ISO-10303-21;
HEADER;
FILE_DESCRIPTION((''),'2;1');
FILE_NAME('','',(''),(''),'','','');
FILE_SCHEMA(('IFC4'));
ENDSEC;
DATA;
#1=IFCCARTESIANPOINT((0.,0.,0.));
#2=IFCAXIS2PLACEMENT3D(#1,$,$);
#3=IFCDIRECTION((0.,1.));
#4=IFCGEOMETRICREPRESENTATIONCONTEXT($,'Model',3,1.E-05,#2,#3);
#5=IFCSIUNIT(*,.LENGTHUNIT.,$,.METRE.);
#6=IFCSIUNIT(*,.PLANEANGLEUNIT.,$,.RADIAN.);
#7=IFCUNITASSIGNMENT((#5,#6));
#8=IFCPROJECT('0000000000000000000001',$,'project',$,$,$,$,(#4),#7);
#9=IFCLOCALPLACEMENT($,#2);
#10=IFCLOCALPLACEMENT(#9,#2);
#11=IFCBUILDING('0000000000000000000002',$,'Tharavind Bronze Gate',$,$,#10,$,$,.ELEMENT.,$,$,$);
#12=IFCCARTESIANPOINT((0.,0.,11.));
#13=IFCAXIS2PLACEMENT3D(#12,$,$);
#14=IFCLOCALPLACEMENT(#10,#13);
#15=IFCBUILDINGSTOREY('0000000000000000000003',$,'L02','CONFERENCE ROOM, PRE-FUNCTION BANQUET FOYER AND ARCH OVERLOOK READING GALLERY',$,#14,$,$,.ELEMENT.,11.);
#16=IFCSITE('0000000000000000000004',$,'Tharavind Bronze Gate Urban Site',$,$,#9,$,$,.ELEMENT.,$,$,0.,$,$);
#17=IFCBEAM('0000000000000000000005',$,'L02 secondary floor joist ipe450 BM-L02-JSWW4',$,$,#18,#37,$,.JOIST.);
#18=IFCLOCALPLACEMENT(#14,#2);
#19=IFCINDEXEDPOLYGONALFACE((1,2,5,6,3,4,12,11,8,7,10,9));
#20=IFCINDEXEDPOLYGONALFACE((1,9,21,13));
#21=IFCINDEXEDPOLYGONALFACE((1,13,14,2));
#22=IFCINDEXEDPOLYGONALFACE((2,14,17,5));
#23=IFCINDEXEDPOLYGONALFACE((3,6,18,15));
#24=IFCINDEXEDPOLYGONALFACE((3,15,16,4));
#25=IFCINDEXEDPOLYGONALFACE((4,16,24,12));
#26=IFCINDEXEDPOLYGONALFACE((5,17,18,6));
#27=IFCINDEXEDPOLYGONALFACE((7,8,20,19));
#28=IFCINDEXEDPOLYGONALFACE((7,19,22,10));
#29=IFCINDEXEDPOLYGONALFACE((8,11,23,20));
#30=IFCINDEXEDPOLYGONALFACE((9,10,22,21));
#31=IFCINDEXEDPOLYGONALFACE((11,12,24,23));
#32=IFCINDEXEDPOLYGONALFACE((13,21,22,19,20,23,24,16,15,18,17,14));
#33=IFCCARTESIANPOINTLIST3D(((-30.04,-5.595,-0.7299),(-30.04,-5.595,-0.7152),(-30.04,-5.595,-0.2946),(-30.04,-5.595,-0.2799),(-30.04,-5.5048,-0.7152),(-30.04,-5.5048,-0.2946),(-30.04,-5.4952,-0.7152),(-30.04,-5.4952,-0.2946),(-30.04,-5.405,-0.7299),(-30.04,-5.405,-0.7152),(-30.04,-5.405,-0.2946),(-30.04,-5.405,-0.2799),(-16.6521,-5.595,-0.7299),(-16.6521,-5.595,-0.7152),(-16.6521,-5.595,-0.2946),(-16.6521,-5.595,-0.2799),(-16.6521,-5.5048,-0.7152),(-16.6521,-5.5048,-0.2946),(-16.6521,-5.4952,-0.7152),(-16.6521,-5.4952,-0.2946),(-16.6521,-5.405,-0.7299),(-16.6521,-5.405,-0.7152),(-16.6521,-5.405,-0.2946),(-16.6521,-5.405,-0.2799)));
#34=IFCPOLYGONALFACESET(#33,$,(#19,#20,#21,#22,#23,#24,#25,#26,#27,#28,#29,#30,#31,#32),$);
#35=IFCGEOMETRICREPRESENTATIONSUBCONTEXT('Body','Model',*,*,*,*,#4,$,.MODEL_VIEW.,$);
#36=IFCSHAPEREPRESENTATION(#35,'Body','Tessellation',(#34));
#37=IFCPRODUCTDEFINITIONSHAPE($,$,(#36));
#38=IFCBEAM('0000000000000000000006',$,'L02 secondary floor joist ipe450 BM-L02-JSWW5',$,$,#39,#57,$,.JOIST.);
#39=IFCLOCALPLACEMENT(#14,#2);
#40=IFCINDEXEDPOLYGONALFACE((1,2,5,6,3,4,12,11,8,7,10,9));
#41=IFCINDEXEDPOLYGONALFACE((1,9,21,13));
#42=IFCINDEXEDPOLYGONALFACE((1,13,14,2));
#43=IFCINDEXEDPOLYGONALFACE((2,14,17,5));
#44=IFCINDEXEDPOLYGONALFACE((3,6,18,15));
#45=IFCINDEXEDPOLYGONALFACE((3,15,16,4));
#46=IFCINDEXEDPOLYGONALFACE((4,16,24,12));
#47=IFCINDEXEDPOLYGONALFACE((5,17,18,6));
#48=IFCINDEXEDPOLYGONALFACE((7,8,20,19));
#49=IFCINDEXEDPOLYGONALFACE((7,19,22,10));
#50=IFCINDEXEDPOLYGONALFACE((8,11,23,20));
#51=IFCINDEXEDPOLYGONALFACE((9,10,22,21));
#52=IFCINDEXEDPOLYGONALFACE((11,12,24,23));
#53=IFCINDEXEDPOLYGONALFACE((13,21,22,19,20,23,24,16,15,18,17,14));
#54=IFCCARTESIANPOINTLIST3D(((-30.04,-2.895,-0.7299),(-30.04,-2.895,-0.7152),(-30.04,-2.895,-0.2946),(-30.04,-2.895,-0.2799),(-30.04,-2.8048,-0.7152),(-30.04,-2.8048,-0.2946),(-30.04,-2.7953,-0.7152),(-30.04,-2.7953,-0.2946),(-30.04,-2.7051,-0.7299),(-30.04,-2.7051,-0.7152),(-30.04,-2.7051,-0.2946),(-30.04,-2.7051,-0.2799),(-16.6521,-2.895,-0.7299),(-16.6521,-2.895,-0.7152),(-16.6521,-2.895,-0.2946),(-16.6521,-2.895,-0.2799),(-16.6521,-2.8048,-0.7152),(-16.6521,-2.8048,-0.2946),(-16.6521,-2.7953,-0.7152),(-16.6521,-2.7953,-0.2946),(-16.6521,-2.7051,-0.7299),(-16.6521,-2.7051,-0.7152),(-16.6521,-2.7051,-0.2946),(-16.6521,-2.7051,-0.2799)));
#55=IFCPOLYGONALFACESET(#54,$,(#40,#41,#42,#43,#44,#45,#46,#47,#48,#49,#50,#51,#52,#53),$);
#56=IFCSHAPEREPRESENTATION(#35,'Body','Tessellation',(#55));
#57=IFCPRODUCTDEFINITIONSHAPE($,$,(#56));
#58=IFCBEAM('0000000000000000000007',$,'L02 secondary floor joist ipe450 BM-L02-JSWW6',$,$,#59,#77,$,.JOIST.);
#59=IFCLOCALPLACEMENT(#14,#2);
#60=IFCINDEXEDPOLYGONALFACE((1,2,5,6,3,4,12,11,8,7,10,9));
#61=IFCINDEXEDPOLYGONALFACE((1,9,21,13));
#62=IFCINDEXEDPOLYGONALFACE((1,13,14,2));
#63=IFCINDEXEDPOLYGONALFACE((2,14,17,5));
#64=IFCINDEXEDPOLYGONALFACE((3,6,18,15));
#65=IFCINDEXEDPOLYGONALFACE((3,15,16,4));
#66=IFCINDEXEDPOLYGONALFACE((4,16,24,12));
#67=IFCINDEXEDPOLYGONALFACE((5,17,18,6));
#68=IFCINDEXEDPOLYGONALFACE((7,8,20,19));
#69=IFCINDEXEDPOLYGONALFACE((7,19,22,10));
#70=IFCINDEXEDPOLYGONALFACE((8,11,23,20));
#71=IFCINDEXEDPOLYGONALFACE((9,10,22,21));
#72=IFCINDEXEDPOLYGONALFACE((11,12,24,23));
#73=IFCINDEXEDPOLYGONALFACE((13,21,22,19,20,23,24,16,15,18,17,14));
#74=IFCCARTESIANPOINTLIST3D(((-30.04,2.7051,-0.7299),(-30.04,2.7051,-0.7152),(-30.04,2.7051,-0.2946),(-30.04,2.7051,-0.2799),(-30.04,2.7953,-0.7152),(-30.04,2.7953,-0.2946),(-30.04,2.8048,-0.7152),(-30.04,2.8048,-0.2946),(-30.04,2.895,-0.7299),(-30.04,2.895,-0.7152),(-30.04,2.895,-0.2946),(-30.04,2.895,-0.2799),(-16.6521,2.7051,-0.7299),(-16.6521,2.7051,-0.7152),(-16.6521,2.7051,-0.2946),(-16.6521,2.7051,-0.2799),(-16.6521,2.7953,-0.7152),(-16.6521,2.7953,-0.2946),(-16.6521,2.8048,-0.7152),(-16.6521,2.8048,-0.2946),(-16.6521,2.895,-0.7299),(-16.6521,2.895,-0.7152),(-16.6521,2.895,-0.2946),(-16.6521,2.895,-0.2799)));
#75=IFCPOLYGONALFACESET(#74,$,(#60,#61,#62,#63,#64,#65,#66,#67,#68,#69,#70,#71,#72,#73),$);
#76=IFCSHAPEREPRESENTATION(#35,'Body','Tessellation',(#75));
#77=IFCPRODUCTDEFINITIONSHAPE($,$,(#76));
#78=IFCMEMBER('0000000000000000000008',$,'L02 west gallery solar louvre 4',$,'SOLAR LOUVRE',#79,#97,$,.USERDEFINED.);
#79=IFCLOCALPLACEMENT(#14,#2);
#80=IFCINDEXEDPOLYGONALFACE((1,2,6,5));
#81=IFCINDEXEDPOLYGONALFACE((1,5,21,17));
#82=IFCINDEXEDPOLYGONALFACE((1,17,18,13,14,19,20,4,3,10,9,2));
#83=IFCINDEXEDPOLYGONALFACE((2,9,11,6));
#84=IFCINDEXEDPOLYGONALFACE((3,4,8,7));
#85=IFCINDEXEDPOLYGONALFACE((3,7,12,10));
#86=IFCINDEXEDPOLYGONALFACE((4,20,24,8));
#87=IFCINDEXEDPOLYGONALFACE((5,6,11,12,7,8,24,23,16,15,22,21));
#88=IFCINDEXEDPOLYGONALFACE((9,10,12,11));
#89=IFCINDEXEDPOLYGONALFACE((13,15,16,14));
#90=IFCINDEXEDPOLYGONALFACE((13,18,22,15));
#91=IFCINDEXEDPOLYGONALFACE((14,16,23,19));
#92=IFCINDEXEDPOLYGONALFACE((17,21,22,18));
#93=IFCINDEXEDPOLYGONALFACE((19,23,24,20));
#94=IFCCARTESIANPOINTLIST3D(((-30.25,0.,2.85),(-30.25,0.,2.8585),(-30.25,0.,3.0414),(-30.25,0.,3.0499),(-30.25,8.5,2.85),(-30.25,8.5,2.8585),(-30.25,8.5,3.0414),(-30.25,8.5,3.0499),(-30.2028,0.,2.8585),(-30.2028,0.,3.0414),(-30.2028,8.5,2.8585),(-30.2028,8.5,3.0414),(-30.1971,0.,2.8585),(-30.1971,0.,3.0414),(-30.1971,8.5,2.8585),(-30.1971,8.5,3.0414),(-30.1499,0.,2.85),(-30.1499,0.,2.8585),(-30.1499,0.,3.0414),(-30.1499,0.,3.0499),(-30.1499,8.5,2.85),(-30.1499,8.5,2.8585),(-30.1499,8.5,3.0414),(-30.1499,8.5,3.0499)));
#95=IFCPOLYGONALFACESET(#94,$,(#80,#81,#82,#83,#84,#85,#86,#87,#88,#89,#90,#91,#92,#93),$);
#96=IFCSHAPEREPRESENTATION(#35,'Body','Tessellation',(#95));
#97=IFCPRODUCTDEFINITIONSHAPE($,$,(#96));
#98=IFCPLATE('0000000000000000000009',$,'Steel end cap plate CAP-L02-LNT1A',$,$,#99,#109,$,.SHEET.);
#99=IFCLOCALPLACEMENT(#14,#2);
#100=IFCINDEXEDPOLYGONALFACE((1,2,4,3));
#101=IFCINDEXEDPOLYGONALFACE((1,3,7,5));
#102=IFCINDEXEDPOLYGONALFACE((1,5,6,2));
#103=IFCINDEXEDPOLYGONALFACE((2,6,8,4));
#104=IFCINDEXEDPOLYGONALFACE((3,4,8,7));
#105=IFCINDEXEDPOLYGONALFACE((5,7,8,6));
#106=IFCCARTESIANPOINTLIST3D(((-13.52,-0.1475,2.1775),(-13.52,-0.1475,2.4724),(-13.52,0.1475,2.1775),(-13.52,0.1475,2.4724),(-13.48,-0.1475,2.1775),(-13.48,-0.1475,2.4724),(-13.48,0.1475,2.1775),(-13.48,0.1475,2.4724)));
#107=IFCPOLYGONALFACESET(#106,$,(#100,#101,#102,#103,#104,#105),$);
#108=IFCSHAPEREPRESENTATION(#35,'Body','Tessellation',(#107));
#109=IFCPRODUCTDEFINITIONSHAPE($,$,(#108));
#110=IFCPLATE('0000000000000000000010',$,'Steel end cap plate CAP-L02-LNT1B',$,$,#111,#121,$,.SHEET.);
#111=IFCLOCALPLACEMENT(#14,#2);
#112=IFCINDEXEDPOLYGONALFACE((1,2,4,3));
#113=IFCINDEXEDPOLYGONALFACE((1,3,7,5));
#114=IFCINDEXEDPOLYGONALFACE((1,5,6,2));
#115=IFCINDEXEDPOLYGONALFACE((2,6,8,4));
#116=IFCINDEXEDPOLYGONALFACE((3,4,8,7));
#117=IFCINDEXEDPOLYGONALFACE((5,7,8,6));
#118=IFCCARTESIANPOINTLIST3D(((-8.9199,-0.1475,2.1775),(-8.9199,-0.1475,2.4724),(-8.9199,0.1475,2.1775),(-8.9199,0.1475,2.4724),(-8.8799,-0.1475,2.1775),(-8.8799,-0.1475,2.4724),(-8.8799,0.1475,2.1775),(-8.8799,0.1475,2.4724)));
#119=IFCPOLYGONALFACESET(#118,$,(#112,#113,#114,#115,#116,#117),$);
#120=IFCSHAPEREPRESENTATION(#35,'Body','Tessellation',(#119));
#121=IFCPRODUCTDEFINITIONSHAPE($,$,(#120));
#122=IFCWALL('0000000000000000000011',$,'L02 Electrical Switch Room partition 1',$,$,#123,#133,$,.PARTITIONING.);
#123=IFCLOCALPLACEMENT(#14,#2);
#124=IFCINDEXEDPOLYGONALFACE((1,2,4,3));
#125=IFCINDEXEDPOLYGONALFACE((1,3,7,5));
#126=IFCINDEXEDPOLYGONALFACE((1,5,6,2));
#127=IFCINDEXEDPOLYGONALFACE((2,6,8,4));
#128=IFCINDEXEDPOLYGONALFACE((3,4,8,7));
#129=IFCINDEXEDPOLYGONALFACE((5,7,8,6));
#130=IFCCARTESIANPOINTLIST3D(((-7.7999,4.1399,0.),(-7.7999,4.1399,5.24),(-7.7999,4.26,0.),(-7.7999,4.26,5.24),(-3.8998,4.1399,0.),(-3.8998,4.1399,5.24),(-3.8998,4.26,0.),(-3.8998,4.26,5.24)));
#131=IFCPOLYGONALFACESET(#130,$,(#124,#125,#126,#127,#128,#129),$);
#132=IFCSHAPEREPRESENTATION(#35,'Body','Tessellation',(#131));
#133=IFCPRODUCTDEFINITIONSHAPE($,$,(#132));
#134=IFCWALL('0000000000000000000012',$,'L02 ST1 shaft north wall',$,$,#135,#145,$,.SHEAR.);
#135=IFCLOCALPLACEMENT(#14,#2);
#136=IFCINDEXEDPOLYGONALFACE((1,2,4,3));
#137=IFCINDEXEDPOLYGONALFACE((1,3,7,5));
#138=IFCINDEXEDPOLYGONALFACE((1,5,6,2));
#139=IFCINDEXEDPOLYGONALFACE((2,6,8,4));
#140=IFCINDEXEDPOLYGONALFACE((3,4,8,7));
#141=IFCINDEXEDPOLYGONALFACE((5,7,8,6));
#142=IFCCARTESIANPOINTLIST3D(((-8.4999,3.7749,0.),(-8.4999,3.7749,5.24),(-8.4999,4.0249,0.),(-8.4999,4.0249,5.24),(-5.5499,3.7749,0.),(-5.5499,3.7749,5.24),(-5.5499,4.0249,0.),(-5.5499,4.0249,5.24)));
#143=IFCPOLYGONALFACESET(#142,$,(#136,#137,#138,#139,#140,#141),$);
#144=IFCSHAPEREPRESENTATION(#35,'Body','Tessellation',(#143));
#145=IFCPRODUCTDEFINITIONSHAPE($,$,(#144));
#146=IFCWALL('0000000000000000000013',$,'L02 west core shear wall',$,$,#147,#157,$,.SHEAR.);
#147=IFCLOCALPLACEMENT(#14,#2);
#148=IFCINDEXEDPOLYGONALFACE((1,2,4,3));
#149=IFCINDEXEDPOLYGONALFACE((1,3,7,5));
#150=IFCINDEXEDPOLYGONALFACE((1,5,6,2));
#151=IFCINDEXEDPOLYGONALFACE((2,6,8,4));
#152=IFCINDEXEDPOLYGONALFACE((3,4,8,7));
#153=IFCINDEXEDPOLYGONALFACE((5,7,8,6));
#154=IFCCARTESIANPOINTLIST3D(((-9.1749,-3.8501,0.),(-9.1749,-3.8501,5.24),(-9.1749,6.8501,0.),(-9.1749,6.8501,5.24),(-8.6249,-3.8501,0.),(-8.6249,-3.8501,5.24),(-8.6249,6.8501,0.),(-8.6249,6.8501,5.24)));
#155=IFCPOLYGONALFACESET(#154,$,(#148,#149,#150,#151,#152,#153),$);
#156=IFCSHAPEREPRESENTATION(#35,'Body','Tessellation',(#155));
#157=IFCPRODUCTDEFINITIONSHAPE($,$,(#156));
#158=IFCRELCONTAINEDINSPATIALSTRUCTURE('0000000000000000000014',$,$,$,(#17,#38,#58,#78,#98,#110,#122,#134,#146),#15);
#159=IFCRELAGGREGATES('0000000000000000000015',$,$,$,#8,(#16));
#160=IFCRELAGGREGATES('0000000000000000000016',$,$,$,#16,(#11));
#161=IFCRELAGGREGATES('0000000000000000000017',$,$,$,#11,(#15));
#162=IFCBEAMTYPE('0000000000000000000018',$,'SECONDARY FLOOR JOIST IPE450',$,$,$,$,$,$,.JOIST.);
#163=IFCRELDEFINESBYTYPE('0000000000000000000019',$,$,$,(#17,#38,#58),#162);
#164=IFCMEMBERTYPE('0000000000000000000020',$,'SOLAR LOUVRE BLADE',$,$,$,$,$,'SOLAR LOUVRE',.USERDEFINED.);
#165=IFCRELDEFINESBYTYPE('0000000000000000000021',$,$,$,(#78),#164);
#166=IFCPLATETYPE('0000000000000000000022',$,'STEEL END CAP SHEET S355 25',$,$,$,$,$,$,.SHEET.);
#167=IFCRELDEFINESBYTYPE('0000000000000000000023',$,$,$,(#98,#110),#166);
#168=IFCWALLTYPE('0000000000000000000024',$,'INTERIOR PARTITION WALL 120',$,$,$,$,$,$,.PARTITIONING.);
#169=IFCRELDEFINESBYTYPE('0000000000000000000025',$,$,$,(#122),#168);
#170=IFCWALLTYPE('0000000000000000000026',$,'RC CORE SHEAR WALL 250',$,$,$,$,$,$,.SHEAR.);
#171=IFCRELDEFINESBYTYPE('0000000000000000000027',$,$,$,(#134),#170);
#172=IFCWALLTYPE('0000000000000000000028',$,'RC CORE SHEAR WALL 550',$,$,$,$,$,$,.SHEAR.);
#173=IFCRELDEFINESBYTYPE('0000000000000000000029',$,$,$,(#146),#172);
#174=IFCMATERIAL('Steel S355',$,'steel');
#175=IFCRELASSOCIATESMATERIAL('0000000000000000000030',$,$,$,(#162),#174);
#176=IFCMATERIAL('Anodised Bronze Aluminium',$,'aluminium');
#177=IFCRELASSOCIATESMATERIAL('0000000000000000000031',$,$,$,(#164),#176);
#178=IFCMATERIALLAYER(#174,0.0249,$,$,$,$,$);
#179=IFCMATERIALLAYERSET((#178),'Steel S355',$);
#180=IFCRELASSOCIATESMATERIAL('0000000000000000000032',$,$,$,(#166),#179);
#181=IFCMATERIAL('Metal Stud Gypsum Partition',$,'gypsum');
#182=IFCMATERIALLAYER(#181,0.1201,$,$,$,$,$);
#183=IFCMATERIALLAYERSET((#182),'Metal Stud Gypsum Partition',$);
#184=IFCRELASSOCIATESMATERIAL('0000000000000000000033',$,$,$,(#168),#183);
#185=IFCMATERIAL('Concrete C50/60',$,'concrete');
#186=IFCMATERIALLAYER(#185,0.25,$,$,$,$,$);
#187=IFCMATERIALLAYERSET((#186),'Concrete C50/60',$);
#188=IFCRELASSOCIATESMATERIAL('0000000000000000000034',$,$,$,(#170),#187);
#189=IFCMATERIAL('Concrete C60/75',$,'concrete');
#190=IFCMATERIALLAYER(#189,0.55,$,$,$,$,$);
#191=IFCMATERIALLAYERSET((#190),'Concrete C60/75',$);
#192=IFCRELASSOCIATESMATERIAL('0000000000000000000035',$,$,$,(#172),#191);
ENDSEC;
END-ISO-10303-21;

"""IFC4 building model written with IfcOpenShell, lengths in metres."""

from ifc_helpers import new_model, si_unit, direction, frame, frame_2d, origin, origin_2d, place, context, subcontext, project, spatial, rectangle, i_section, extrude, material, layer, layer_set, material_profile, profile_set, type_object, element, save


model = new_model("IFC4")

# Units and contexts
model_context = context("Model", 3, precision=1e-05, world=origin(), true_north=direction((0.0, 1.0)))
body_context = subcontext(model_context, "Body", "Model", "MODEL_VIEW")
ifc_project = project(units=[si_unit("LENGTHUNIT", "METRE"), si_unit("PLANEANGLEUNIT", "RADIAN")], contexts=[model_context])

# Site, building, storey
site_placement = place(None, origin())
site = spatial("IfcSite", under=ifc_project, at=site_placement, Name="Tharavind Bronze Gate Urban Site", CompositionType="ELEMENT", RefElevation=0.0)
building_placement = place(site_placement, origin())
building = spatial("IfcBuilding", under=site, at=building_placement, Name="Tharavind Bronze Gate", CompositionType="ELEMENT")
storey_placement = place(building_placement, frame((0.0, 0.0, 11.0)))
storey = spatial("IfcBuildingStorey", under=building, at=storey_placement, Name="L02", Description="CONFERENCE ROOM, PRE-FUNCTION BANQUET FOYER AND ARCH OVERLOOK READING GALLERY", CompositionType="ELEMENT", Elevation=11.0)

# Shared definitions
ifc_material_1 = material(Name="Concrete C60/75", Category="concrete")

# Beams
ifc_material_2 = material(Name="Steel S355", Category="steel")
ifc_material_profile_1 = material_profile(ifc_material_2, i_section(OverallWidth=0.1899, OverallDepth=0.45, WebThickness=0.0095, FlangeThickness=0.0146, at=origin_2d()), Name="IPE450")
ifc_profile_set_1 = profile_set([ifc_material_profile_1], Name="Steel S355")
beam_type_1 = type_object("IfcBeamType", Name="SECONDARY FLOOR JOIST IPE450", PredefinedType="JOIST", material=ifc_profile_set_1)
for number, where, z_axis, x_axis, name in (
    (1, (-30.04, -5.5, -0.5049), (1.0, 0.0, 0.0), (0.0, 1.0, 0.0), "L02 secondary floor joist ipe450 BM-L02-JSWW4"),
    (2, (-30.04, -2.8, -0.5049), (1.0, 0.0, 0.0), (0.0, 1.0, 0.0), "L02 secondary floor joist ipe450 BM-L02-JSWW5"),
    (3, (-30.04, 2.8, -0.5049), (1.0, 0.0, 0.0), (0.0, 1.0, 0.0), "L02 secondary floor joist ipe450 BM-L02-JSWW6"),
):
    element("IfcBeam", number, at=place(storey_placement, frame(where, z_axis=z_axis, x_axis=x_axis)), inside=storey, type_object=beam_type_1, Name=name, PredefinedType="JOIST", context=body_context, shape_type="SweptSolid", body=[
        extrude(i_section(OverallWidth=0.1899, OverallDepth=0.45, WebThickness=0.0095, FlangeThickness=0.0146, at=origin_2d()), origin(), (0.0, 0.0, 1.0), 13.3879),
    ])

# Member
ifc_material_3 = material(Name="Anodised Bronze Aluminium", Category="aluminium")
ifc_material_profile_2 = material_profile(ifc_material_3, i_section(OverallWidth=0.1001, OverallDepth=0.2, WebThickness=0.0056, FlangeThickness=0.0085, at=origin_2d()), Name="IPE200")
ifc_profile_set_2 = profile_set([ifc_material_profile_2], Name="Anodised Bronze Aluminium")
member_type = type_object("IfcMemberType", Name="SOLAR LOUVRE BLADE", ElementType="SOLAR LOUVRE", PredefinedType="USERDEFINED", material=ifc_profile_set_2)
member_placement = place(storey_placement, frame((-30.2, 0.0, 2.95), z_axis=(0.0, 1.0, 0.0), x_axis=(-1.0, 0.0, 0.0)))
element("IfcMember", 4, at=member_placement, inside=storey, type_object=member_type, Name="L02 west gallery solar louvre 4", ObjectType="SOLAR LOUVRE", PredefinedType="USERDEFINED", context=body_context, shape_type="SweptSolid", body=[
    extrude(i_section(OverallWidth=0.1001, OverallDepth=0.2, WebThickness=0.0056, FlangeThickness=0.0085, at=origin_2d()), origin(), (0.0, 0.0, 1.0), 8.5),
])

# Plates
ifc_layer_1 = layer(ifc_material_2, 0.0249)
ifc_layer_set_1 = layer_set([ifc_layer_1], Name="Steel S355")
plate_type = type_object("IfcPlateType", Name="STEEL END CAP SHEET S355 25", PredefinedType="SHEET", material=ifc_layer_set_1)
for number, where, z_axis, x_axis, name in (
    (5, (-13.5, 0.0, 2.1775), (0.0, 0.0, 1.0), (1.0, 0.0, 0.0), "Steel end cap plate CAP-L02-LNT1A"),
    (6, (-8.8999, 0.0, 2.1775), (0.0, 0.0, 1.0), (1.0, 0.0, 0.0), "Steel end cap plate CAP-L02-LNT1B"),
):
    element("IfcPlate", number, at=place(storey_placement, frame(where, z_axis=z_axis, x_axis=x_axis)), inside=storey, type_object=plate_type, Name=name, PredefinedType="SHEET", context=body_context, shape_type="SweptSolid", body=[
        extrude(rectangle(XDim=0.04, YDim=0.2949, at=origin_2d()), origin(), (0.0, 0.0, 1.0), 0.2949),
    ])

# Wall
ifc_material_4 = material(Name="Metal Stud Gypsum Partition", Category="gypsum")
ifc_layer_2 = layer(ifc_material_4, 0.1201)
ifc_layer_set_2 = layer_set([ifc_layer_2], Name="Metal Stud Gypsum Partition")
wall_type_1 = type_object("IfcWallType", Name="INTERIOR PARTITION WALL 120", PredefinedType="PARTITIONING", material=ifc_layer_set_2)
wall_1_placement = place(storey_placement, frame((-7.8, 4.2, 0.0), z_axis=(0.0, 0.0, 1.0), x_axis=(1.0, 0.0, 0.0)))
element("IfcWall", 7, at=wall_1_placement, inside=storey, type_object=wall_type_1, Name="L02 Electrical Switch Room partition 1", PredefinedType="PARTITIONING", context=body_context, shape_type="SweptSolid", body=[
    extrude(rectangle(XDim=3.9001, YDim=0.1201, at=frame_2d((1.9502, 0.0))), origin(), (0.0, 0.0, 1.0), 5.24),
])

# Shared definitions
ifc_material_5 = material(Name="Concrete C50/60", Category="concrete")
ifc_layer_3 = layer(ifc_material_5, 0.25)
ifc_layer_set_3 = layer_set([ifc_layer_3], Name="Concrete C50/60")
wall_type_2 = type_object("IfcWallType", Name="RC CORE SHEAR WALL 250", PredefinedType="SHEAR", material=ifc_layer_set_3)

# Walls
wall_2_placement = place(storey_placement, frame((-8.5, 3.8999, 0.0), z_axis=(0.0, 0.0, 1.0), x_axis=(1.0, 0.0, 0.0)))
element("IfcWall", 8, at=wall_2_placement, inside=storey, type_object=wall_type_2, Name="L02 ST1 shaft north wall", PredefinedType="SHEAR", context=body_context, shape_type="SweptSolid", body=[
    extrude(rectangle(XDim=2.95, YDim=0.25, at=frame_2d((1.4751, 0.0))), origin(), (0.0, 0.0, 1.0), 5.24),
])
ifc_layer_4 = layer(ifc_material_1, 0.55)
ifc_layer_set_4 = layer_set([ifc_layer_4], Name="Concrete C60/75")
wall_type_3 = type_object("IfcWallType", Name="RC CORE SHEAR WALL 550", PredefinedType="SHEAR", material=ifc_layer_set_4)
wall_3_placement = place(storey_placement, frame((-8.8999, -3.8501, 0.0), z_axis=(0.0, 0.0, 1.0), x_axis=(0.0, 1.0, 0.0)))
element("IfcWall", 9, at=wall_3_placement, inside=storey, type_object=wall_type_3, Name="L02 west core shear wall", PredefinedType="SHEAR", context=body_context, shape_type="SweptSolid", body=[
    extrude(rectangle(XDim=10.7002, YDim=0.55, at=frame_2d((5.3501, 0.0))), origin(), (0.0, 0.0, 1.0), 5.24),
])

save(model, "model.ifc")
